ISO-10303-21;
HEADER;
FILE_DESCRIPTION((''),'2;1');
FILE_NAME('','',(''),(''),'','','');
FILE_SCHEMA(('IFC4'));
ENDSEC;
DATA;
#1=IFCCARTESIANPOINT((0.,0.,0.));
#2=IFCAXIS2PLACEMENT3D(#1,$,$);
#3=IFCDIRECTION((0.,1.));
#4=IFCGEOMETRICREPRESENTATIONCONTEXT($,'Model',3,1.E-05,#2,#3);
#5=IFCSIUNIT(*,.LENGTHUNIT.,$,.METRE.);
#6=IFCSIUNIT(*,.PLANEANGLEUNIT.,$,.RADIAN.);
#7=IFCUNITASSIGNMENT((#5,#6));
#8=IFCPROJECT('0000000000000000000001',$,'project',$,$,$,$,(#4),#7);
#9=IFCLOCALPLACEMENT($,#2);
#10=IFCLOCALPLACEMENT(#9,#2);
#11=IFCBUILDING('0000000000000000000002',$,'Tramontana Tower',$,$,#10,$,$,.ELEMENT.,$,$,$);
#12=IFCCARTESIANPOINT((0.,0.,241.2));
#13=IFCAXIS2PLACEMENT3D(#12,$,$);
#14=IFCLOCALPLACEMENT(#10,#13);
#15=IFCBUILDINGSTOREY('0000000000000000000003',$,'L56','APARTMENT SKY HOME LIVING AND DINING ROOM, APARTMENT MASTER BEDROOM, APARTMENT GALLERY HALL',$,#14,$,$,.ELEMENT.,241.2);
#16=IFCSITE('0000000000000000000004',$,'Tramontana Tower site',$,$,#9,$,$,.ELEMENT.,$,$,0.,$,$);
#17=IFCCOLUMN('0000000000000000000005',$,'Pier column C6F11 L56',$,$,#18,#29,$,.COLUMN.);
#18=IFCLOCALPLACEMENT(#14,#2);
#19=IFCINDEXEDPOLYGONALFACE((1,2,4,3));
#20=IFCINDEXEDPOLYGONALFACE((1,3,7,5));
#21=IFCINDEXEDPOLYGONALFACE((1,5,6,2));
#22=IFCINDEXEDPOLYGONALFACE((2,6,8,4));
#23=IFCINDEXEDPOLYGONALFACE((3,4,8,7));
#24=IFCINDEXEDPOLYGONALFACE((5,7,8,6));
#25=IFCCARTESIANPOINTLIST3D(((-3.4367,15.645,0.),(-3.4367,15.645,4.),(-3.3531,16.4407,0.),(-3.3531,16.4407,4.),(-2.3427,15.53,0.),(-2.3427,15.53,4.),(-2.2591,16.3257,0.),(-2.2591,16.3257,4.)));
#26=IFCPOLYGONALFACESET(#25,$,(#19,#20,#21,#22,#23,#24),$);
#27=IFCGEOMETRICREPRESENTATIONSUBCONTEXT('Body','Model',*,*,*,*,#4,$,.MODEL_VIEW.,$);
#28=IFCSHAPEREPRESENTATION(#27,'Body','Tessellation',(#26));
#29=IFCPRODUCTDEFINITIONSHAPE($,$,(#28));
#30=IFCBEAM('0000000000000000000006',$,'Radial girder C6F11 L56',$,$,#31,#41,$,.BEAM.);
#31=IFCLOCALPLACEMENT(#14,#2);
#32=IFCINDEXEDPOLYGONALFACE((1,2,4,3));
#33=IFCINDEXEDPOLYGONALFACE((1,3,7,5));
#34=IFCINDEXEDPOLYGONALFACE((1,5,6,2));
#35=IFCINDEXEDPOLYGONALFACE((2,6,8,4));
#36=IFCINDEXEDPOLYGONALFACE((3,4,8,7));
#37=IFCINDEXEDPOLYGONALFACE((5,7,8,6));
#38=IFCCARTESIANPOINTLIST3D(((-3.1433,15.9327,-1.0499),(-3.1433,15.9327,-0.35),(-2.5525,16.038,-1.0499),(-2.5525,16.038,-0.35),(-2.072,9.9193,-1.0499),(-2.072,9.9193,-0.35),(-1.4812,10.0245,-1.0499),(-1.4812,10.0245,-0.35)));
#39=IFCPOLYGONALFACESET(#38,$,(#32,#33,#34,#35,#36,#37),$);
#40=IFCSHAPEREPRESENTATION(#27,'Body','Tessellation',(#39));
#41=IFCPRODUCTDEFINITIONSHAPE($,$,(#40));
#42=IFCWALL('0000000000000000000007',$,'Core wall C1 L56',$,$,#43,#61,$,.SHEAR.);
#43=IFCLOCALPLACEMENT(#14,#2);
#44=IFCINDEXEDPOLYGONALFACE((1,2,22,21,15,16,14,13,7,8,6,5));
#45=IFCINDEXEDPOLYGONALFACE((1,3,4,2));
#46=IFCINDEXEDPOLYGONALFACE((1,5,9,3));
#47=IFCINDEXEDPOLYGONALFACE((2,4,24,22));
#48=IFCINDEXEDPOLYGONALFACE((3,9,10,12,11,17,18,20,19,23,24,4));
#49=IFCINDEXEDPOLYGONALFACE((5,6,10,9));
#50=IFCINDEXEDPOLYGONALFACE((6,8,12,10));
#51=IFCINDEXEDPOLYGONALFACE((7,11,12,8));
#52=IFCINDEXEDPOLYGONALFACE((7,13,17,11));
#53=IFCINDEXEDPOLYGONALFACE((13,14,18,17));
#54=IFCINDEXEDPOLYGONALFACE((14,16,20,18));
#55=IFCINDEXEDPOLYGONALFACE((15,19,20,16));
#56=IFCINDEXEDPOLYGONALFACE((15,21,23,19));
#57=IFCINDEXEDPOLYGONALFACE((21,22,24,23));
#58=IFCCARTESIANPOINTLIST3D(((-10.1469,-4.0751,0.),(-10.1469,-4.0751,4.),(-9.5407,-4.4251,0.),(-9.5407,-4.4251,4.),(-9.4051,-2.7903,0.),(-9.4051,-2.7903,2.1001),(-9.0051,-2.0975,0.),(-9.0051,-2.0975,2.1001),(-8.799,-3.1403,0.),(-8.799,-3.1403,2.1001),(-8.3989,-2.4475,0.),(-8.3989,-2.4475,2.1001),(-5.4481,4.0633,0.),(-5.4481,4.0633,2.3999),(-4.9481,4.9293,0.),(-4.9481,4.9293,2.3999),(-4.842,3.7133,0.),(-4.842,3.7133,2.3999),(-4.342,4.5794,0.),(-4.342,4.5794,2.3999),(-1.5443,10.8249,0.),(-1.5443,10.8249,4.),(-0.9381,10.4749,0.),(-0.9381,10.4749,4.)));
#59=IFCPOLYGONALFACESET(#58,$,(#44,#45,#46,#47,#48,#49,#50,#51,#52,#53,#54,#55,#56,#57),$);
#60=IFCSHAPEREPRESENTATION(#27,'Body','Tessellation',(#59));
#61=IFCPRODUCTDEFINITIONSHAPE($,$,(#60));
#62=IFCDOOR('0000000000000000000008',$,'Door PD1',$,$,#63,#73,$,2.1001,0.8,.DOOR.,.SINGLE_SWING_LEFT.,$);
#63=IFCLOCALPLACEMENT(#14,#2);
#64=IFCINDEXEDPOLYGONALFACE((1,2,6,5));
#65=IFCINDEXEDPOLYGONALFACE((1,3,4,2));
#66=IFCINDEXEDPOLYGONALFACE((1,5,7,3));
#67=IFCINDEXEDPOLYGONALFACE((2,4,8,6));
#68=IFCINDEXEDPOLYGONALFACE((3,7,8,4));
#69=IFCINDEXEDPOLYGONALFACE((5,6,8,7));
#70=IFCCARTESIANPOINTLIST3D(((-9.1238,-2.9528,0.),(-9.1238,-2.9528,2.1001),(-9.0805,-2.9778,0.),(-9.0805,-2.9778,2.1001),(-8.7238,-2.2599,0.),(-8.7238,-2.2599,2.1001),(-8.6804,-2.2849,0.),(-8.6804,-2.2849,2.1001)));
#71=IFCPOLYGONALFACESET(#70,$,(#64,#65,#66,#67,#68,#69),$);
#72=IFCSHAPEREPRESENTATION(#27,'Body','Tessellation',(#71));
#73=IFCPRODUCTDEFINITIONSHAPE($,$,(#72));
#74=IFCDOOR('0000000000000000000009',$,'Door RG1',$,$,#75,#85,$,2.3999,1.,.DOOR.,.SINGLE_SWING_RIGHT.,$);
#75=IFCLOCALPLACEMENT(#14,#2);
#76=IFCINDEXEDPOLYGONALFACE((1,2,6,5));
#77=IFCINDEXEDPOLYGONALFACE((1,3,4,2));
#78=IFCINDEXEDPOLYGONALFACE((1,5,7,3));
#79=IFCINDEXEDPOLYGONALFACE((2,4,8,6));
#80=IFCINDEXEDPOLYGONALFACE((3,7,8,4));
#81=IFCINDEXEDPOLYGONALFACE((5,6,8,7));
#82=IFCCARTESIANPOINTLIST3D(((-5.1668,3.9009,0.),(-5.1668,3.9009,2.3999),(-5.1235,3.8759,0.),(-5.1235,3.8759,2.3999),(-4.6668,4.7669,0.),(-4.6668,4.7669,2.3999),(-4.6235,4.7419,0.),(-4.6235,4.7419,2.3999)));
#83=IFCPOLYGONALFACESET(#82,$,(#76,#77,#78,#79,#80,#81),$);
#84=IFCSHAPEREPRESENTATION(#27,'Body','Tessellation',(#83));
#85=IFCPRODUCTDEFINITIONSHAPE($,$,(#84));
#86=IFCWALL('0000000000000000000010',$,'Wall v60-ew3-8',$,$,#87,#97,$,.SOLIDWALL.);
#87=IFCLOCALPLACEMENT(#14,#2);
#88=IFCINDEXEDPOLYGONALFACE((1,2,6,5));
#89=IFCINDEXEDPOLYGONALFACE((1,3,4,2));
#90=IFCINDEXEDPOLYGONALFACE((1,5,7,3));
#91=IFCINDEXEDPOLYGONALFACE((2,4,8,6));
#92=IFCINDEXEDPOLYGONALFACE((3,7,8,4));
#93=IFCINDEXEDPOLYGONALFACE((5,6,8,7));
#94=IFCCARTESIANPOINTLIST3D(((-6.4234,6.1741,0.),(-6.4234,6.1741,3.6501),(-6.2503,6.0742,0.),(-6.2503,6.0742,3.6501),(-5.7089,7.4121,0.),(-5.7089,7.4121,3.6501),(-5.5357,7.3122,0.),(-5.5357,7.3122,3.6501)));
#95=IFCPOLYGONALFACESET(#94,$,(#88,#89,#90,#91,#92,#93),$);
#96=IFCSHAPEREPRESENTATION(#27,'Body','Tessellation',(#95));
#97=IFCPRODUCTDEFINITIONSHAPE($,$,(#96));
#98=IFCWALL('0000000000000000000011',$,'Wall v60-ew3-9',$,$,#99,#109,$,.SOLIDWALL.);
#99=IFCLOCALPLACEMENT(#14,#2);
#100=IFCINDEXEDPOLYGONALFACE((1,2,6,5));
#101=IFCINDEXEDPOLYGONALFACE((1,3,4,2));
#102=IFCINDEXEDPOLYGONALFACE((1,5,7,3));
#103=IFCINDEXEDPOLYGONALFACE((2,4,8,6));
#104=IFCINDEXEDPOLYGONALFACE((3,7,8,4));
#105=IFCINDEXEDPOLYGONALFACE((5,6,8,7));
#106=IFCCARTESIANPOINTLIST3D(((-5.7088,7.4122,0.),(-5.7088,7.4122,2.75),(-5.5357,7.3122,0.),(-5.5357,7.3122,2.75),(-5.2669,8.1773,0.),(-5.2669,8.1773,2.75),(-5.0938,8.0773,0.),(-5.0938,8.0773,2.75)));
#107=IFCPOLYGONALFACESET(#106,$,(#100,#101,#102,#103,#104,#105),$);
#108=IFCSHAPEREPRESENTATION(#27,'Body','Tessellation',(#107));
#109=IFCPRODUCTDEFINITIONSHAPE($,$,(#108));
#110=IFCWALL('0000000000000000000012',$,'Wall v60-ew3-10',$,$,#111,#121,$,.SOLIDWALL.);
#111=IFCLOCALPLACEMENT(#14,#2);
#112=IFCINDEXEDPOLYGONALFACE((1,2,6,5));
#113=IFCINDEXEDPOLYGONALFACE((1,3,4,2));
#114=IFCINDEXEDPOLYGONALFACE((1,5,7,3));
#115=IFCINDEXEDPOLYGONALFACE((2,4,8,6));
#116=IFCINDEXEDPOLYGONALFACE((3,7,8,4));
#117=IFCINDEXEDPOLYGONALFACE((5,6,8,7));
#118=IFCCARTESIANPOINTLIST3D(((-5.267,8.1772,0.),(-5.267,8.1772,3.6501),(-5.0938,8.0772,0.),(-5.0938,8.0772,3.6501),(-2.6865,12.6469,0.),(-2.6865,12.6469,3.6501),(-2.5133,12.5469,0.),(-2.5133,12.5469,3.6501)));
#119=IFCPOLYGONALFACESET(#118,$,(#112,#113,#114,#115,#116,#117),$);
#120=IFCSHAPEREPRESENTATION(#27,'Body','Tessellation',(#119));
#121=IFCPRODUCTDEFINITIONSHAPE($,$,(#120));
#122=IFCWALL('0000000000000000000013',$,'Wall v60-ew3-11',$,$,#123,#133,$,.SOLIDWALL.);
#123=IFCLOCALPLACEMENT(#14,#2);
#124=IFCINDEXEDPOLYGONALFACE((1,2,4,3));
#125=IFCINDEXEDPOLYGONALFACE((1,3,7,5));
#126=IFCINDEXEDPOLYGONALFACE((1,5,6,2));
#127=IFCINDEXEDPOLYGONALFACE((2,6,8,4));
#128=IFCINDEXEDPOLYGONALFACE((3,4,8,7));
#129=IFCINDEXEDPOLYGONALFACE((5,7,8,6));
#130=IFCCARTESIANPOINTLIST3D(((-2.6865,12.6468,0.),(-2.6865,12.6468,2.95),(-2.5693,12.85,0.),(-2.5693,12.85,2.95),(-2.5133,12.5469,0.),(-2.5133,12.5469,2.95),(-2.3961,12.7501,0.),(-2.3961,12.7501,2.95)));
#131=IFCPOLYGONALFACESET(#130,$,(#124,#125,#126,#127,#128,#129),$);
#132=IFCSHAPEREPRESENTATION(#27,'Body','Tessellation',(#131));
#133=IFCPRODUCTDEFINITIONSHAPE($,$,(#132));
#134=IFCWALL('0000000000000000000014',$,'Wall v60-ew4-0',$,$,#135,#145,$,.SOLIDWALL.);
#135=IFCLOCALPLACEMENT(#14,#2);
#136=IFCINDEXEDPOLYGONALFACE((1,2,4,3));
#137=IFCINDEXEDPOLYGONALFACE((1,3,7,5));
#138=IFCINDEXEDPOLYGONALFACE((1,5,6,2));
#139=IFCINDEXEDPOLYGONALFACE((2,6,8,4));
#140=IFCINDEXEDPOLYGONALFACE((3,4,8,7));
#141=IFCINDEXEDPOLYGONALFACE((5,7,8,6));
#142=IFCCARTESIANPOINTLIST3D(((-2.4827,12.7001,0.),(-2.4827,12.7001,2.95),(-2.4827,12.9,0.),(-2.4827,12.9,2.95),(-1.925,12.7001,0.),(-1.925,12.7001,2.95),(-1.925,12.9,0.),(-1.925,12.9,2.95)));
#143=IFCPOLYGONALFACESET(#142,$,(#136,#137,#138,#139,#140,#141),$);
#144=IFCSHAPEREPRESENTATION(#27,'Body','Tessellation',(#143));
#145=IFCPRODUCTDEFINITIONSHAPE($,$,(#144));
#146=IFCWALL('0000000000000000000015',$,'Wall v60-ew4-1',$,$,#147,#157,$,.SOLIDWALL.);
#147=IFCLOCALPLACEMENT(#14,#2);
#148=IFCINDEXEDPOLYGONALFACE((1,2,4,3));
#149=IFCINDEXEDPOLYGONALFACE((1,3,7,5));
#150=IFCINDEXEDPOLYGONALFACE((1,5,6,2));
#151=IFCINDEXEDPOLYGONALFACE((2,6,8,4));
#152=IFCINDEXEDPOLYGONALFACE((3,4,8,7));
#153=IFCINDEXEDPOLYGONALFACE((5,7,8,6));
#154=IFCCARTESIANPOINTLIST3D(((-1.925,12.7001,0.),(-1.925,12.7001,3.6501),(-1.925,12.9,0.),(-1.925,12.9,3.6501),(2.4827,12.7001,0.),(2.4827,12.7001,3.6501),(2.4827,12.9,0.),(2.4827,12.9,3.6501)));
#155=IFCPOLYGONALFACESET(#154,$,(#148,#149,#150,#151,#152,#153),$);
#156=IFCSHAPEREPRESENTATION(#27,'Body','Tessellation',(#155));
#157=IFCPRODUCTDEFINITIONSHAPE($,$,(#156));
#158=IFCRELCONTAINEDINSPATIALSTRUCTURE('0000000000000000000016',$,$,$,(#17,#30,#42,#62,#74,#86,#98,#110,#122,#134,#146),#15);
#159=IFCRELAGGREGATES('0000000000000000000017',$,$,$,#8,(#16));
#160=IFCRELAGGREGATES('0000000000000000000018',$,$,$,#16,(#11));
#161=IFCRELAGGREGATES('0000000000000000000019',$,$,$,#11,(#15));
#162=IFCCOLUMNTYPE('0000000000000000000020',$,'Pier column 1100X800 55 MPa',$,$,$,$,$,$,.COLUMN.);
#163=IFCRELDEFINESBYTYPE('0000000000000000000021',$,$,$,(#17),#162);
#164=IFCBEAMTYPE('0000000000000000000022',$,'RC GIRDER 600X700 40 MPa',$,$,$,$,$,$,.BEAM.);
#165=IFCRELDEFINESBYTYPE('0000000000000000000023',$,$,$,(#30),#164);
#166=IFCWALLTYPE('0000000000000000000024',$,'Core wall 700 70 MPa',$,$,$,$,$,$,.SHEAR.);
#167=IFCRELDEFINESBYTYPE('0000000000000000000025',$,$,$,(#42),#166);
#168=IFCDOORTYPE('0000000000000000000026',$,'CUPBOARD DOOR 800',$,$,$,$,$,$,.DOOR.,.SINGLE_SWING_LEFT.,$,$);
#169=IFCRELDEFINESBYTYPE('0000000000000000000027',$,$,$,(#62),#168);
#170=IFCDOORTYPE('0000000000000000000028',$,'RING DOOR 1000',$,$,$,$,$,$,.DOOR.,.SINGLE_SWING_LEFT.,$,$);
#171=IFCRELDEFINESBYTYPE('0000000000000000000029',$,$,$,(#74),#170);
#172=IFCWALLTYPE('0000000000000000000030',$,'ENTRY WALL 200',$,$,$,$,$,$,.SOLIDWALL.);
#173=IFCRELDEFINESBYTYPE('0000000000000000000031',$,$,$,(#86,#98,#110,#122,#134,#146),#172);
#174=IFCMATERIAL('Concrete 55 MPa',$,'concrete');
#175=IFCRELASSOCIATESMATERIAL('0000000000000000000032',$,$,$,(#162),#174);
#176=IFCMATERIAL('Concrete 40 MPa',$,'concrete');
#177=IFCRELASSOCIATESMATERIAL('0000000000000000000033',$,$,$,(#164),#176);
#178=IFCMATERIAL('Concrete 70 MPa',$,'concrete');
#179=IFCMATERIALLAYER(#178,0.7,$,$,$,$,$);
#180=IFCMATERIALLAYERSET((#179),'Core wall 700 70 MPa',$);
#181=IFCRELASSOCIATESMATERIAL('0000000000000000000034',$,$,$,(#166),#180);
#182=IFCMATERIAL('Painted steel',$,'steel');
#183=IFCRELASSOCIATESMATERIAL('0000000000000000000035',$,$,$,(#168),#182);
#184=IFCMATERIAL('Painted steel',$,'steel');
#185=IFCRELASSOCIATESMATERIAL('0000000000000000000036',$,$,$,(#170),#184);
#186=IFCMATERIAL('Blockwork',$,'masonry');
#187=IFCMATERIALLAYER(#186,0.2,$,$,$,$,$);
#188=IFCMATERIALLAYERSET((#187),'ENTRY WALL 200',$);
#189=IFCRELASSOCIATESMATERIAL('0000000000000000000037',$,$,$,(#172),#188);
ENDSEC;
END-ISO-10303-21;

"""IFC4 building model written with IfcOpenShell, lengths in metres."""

from ifc_helpers import new_model, si_unit, direction, frame, frame_2d, origin, origin_2d, place, context, subcontext, project, spatial, rectangle, extrude, material, layer, layer_set, material_profile, profile_set, type_object, element, fill, save


model = new_model("IFC4")

# Units and contexts
model_context = context("Model", 3, precision=1e-05, world=origin(), true_north=direction((0.0, 1.0)))
body_context = subcontext(model_context, "Body", "Model", "MODEL_VIEW")
ifc_project = project(units=[si_unit("LENGTHUNIT", "METRE"), si_unit("PLANEANGLEUNIT", "RADIAN")], contexts=[model_context])

# Site, building, storey
site_placement = place(None, origin())
site = spatial("IfcSite", under=ifc_project, at=site_placement, Name="Tramontana Tower site", CompositionType="ELEMENT", RefElevation=0.0)
building_placement = place(site_placement, origin())
building = spatial("IfcBuilding", under=site, at=building_placement, Name="Tramontana Tower", CompositionType="ELEMENT")
storey_placement = place(building_placement, frame((0.0, 0.0, 241.2)))
storey = spatial("IfcBuildingStorey", under=building, at=storey_placement, Name="L56", Description="APARTMENT SKY HOME LIVING AND DINING ROOM, APARTMENT MASTER BEDROOM, APARTMENT GALLERY HALL", CompositionType="ELEMENT", Elevation=241.2)

# Column
ifc_material_1 = material(Name="Concrete 55 MPa", Category="concrete")
ifc_material_profile_1 = material_profile(ifc_material_1, rectangle(XDim=1.1001, YDim=0.8, at=origin_2d()), Name="Pier column 1100X800 55 MPa")
ifc_profile_set_1 = profile_set([ifc_material_profile_1], Name="Concrete 55 MPa")
column_type = type_object("IfcColumnType", Name="Pier column 1100X800 55 MPa", PredefinedType="COLUMN", material=ifc_profile_set_1)
column_placement = place(storey_placement, frame((-2.8479, 15.9854, 0.0), z_axis=(0.0, 0.0, 1.0), x_axis=(-0.994522, 0.104528, 0.0)))
element("IfcColumn", 1, at=column_placement, inside=storey, type_object=column_type, Name="Pier column C6F11 L56", PredefinedType="COLUMN", context=body_context, shape_type="SweptSolid", body=[
    extrude(rectangle(XDim=1.1001, YDim=0.8, at=origin_2d()), origin(), (0.0, 0.0, 1.0), 4.0),
])

# Beam
ifc_material_2 = material(Name="Concrete 40 MPa", Category="concrete")
ifc_material_profile_2 = material_profile(ifc_material_2, rectangle(XDim=0.6001, YDim=0.7, at=origin_2d()), Name="RC GIRDER 600X700 40 MPa")
ifc_profile_set_2 = profile_set([ifc_material_profile_2], Name="Concrete 40 MPa")
beam_type = type_object("IfcBeamType", Name="RC GIRDER 600X700 40 MPa", PredefinedType="BEAM", material=ifc_profile_set_2)
beam_placement = place(storey_placement, frame((-2.8479, 15.9854, -0.7), z_axis=(0.175388, -0.984499, 0.0), x_axis=(0.984499, 0.175388, 0.0)))
element("IfcBeam", 2, at=beam_placement, inside=storey, type_object=beam_type, Name="Radial girder C6F11 L56", PredefinedType="BEAM", context=body_context, shape_type="SweptSolid", body=[
    extrude(rectangle(XDim=0.6001, YDim=0.7, at=origin_2d()), origin(), (0.0, 0.0, 1.0), 6.1082),
])

# Wall, openings, doors
ifc_material_3 = material(Name="Concrete 70 MPa", Category="concrete")
ifc_layer_1 = layer(ifc_material_3, 0.7)
ifc_layer_set_1 = layer_set([ifc_layer_1], Name="Core wall 700 70 MPa")
wall_type_1 = type_object("IfcWallType", Name="Core wall 700 70 MPa", PredefinedType="SHEAR", material=ifc_layer_set_1)
wall_1_placement = place(storey_placement, frame((-1.2412, 10.6499, 0.0), z_axis=(0.0, 0.0, 1.0), x_axis=(-0.500003, -0.866023, 0.0)))
wall_1 = element("IfcWall", 3, at=wall_1_placement, inside=storey, type_object=wall_type_1, Name="Core wall C1 L56", PredefinedType="SHEAR", context=body_context, shape_type="SweptSolid", body=[
    extrude(rectangle(XDim=17.2051, YDim=0.7, at=frame_2d((8.6025, 0.0))), origin(), (0.0, 0.0, 1.0), 4.0),
])
opening_1_placement = place(wall_1_placement, frame((6.8076, 0.0, 0.0)))
opening_1 = element("IfcOpeningElement", 4, at=opening_1_placement, cuts=wall_1, PredefinedType="OPENING", context=body_context, shape_type="SweptSolid", body=[
    extrude(rectangle(XDim=1.0, YDim=2.3999, at=frame_2d((0.5, 1.2))), frame((0.0, 0.3599, 0.0), z_axis=(0.0, -1.0, 0.0), x_axis=(1.0, 0.0, 0.0)), (0.0, 0.0, 1.0), 0.72),
])
opening_2_placement = place(wall_1_placement, frame((14.9216, 0.0, 0.0)))
opening_2 = element("IfcOpeningElement", 5, at=opening_2_placement, cuts=wall_1, PredefinedType="OPENING", context=body_context, shape_type="SweptSolid", body=[
    extrude(rectangle(XDim=0.8, YDim=2.1001, at=frame_2d((0.3999, 1.05))), frame((0.0, 0.3599, 0.0), z_axis=(0.0, -1.0, 0.0), x_axis=(1.0, 0.0, 0.0)), (0.0, 0.0, 1.0), 0.72),
])
ifc_material_4 = material(Name="Painted steel", Category="steel")
door_type_1 = type_object("IfcDoorType", Name="CUPBOARD DOOR 800", OperationType="SINGLE_SWING_LEFT", PredefinedType="DOOR", material=ifc_material_4)
door_1_placement = place(opening_2_placement, origin())
door_1 = element("IfcDoor", 6, at=door_1_placement, inside=storey, type_object=door_type_1, Name="Door PD1", OperationType="SINGLE_SWING_LEFT", OverallHeight=2.1001, OverallWidth=0.8, PredefinedType="DOOR", context=body_context, shape_type="SweptSolid", body=[
    extrude(rectangle(XDim=0.8, YDim=2.1001, at=frame_2d((0.3999, 1.05))), frame((0.0, 0.0249, 0.0), z_axis=(0.0, -1.0, 0.0), x_axis=(1.0, 0.0, 0.0)), (0.0, 0.0, 1.0), 0.05),
])
fill(opening_2, door_1)
ifc_material_5 = material(Name="Painted steel", Category="steel")
door_type_2 = type_object("IfcDoorType", Name="RING DOOR 1000", OperationType="SINGLE_SWING_LEFT", PredefinedType="DOOR", material=ifc_material_5)
door_2_placement = place(opening_1_placement, origin())
door_2 = element("IfcDoor", 7, at=door_2_placement, inside=storey, type_object=door_type_2, Name="Door RG1", OperationType="SINGLE_SWING_RIGHT", OverallHeight=2.3999, OverallWidth=1.0, PredefinedType="DOOR", context=body_context, shape_type="SweptSolid", body=[
    extrude(rectangle(XDim=1.0, YDim=2.3999, at=frame_2d((0.5, 1.2))), frame((0.0, 0.0249, 0.0), z_axis=(0.0, -1.0, 0.0), x_axis=(1.0, 0.0, 0.0)), (0.0, 0.0, 1.0), 0.05),
])
fill(opening_1, door_2)

# Walls
ifc_material_6 = material(Name="Blockwork", Category="masonry")
ifc_layer_2 = layer(ifc_material_6, 0.2)
ifc_layer_set_2 = layer_set([ifc_layer_2], Name="ENTRY WALL 200")
wall_type_2 = type_object("IfcWallType", Name="ENTRY WALL 200", PredefinedType="SOLIDWALL", material=ifc_layer_set_2)
wall_2_placement = place(storey_placement, frame((-6.3369, 6.124, 0.0), z_axis=(0.0, 0.0, 1.0), x_axis=(0.499905, 0.86608, 0.0)))
element("IfcWall", 8, at=wall_2_placement, inside=storey, type_object=wall_type_2, Name="Wall v60-ew3-8", PredefinedType="SOLIDWALL", context=body_context, shape_type="SweptSolid", body=[
    extrude(rectangle(XDim=1.4294, YDim=0.2, at=frame_2d((0.7148, 0.0))), origin(), (0.0, 0.0, 1.0), 3.6501),
])
wall_3_placement = place(storey_placement, frame((-5.6223, 7.3621, 0.0), z_axis=(0.0, 0.0, 1.0), x_axis=(0.500121, 0.865955, 0.0)))
element("IfcWall", 9, at=wall_3_placement, inside=storey, type_object=wall_type_2, Name="Wall v60-ew3-9", PredefinedType="SOLIDWALL", context=body_context, shape_type="SweptSolid", body=[
    extrude(rectangle(XDim=0.8835, YDim=0.2, at=frame_2d((0.4419, 0.0))), origin(), (0.0, 0.0, 1.0), 2.75),
])
wall_4_placement = place(storey_placement, frame((-5.1804, 8.1272, 0.0), z_axis=(0.0, 0.0, 1.0), x_axis=(0.499995, 0.866028, 0.0)))
element("IfcWall", 10, at=wall_4_placement, inside=storey, type_object=wall_type_2, Name="Wall v60-ew3-10", PredefinedType="SOLIDWALL", context=body_context, shape_type="SweptSolid", body=[
    extrude(rectangle(XDim=5.1611, YDim=0.2, at=frame_2d((2.5806, 0.0))), origin(), (0.0, 0.0, 1.0), 3.6501),
])
wall_5_placement = place(storey_placement, frame((-2.5999, 12.5969, 0.0), z_axis=(0.0, 0.0, 1.0), x_axis=(0.499722, 0.866186, 0.0)))
element("IfcWall", 11, at=wall_5_placement, inside=storey, type_object=wall_type_2, Name="Wall v60-ew3-11", PredefinedType="SOLIDWALL", context=body_context, shape_type="SweptSolid", body=[
    extrude(rectangle(XDim=0.2346, YDim=0.2, at=frame_2d((0.1172, 0.0))), origin(), (0.0, 0.0, 1.0), 2.95),
])
wall_6_placement = place(storey_placement, frame((-2.4827, 12.8, 0.0), z_axis=(0.0, 0.0, 1.0), x_axis=(1.0, 0.0, 0.0)))
element("IfcWall", 12, at=wall_6_placement, inside=storey, type_object=wall_type_2, Name="Wall v60-ew4-0", PredefinedType="SOLIDWALL", context=body_context, shape_type="SweptSolid", body=[
    extrude(rectangle(XDim=0.5576, YDim=0.2, at=frame_2d((0.2788, 0.0))), origin(), (0.0, 0.0, 1.0), 2.95),
])
wall_7_placement = place(storey_placement, frame((-1.925, 12.8, 0.0), z_axis=(0.0, 0.0, 1.0), x_axis=(1.0, 0.0, 0.0)))
element("IfcWall", 13, at=wall_7_placement, inside=storey, type_object=wall_type_2, Name="Wall v60-ew4-1", PredefinedType="SOLIDWALL", context=body_context, shape_type="SweptSolid", body=[
    extrude(rectangle(XDim=4.4077, YDim=0.2, at=frame_2d((2.2039, 0.0))), origin(), (0.0, 0.0, 1.0), 3.6501),
])

save(model, "model.ifc")
